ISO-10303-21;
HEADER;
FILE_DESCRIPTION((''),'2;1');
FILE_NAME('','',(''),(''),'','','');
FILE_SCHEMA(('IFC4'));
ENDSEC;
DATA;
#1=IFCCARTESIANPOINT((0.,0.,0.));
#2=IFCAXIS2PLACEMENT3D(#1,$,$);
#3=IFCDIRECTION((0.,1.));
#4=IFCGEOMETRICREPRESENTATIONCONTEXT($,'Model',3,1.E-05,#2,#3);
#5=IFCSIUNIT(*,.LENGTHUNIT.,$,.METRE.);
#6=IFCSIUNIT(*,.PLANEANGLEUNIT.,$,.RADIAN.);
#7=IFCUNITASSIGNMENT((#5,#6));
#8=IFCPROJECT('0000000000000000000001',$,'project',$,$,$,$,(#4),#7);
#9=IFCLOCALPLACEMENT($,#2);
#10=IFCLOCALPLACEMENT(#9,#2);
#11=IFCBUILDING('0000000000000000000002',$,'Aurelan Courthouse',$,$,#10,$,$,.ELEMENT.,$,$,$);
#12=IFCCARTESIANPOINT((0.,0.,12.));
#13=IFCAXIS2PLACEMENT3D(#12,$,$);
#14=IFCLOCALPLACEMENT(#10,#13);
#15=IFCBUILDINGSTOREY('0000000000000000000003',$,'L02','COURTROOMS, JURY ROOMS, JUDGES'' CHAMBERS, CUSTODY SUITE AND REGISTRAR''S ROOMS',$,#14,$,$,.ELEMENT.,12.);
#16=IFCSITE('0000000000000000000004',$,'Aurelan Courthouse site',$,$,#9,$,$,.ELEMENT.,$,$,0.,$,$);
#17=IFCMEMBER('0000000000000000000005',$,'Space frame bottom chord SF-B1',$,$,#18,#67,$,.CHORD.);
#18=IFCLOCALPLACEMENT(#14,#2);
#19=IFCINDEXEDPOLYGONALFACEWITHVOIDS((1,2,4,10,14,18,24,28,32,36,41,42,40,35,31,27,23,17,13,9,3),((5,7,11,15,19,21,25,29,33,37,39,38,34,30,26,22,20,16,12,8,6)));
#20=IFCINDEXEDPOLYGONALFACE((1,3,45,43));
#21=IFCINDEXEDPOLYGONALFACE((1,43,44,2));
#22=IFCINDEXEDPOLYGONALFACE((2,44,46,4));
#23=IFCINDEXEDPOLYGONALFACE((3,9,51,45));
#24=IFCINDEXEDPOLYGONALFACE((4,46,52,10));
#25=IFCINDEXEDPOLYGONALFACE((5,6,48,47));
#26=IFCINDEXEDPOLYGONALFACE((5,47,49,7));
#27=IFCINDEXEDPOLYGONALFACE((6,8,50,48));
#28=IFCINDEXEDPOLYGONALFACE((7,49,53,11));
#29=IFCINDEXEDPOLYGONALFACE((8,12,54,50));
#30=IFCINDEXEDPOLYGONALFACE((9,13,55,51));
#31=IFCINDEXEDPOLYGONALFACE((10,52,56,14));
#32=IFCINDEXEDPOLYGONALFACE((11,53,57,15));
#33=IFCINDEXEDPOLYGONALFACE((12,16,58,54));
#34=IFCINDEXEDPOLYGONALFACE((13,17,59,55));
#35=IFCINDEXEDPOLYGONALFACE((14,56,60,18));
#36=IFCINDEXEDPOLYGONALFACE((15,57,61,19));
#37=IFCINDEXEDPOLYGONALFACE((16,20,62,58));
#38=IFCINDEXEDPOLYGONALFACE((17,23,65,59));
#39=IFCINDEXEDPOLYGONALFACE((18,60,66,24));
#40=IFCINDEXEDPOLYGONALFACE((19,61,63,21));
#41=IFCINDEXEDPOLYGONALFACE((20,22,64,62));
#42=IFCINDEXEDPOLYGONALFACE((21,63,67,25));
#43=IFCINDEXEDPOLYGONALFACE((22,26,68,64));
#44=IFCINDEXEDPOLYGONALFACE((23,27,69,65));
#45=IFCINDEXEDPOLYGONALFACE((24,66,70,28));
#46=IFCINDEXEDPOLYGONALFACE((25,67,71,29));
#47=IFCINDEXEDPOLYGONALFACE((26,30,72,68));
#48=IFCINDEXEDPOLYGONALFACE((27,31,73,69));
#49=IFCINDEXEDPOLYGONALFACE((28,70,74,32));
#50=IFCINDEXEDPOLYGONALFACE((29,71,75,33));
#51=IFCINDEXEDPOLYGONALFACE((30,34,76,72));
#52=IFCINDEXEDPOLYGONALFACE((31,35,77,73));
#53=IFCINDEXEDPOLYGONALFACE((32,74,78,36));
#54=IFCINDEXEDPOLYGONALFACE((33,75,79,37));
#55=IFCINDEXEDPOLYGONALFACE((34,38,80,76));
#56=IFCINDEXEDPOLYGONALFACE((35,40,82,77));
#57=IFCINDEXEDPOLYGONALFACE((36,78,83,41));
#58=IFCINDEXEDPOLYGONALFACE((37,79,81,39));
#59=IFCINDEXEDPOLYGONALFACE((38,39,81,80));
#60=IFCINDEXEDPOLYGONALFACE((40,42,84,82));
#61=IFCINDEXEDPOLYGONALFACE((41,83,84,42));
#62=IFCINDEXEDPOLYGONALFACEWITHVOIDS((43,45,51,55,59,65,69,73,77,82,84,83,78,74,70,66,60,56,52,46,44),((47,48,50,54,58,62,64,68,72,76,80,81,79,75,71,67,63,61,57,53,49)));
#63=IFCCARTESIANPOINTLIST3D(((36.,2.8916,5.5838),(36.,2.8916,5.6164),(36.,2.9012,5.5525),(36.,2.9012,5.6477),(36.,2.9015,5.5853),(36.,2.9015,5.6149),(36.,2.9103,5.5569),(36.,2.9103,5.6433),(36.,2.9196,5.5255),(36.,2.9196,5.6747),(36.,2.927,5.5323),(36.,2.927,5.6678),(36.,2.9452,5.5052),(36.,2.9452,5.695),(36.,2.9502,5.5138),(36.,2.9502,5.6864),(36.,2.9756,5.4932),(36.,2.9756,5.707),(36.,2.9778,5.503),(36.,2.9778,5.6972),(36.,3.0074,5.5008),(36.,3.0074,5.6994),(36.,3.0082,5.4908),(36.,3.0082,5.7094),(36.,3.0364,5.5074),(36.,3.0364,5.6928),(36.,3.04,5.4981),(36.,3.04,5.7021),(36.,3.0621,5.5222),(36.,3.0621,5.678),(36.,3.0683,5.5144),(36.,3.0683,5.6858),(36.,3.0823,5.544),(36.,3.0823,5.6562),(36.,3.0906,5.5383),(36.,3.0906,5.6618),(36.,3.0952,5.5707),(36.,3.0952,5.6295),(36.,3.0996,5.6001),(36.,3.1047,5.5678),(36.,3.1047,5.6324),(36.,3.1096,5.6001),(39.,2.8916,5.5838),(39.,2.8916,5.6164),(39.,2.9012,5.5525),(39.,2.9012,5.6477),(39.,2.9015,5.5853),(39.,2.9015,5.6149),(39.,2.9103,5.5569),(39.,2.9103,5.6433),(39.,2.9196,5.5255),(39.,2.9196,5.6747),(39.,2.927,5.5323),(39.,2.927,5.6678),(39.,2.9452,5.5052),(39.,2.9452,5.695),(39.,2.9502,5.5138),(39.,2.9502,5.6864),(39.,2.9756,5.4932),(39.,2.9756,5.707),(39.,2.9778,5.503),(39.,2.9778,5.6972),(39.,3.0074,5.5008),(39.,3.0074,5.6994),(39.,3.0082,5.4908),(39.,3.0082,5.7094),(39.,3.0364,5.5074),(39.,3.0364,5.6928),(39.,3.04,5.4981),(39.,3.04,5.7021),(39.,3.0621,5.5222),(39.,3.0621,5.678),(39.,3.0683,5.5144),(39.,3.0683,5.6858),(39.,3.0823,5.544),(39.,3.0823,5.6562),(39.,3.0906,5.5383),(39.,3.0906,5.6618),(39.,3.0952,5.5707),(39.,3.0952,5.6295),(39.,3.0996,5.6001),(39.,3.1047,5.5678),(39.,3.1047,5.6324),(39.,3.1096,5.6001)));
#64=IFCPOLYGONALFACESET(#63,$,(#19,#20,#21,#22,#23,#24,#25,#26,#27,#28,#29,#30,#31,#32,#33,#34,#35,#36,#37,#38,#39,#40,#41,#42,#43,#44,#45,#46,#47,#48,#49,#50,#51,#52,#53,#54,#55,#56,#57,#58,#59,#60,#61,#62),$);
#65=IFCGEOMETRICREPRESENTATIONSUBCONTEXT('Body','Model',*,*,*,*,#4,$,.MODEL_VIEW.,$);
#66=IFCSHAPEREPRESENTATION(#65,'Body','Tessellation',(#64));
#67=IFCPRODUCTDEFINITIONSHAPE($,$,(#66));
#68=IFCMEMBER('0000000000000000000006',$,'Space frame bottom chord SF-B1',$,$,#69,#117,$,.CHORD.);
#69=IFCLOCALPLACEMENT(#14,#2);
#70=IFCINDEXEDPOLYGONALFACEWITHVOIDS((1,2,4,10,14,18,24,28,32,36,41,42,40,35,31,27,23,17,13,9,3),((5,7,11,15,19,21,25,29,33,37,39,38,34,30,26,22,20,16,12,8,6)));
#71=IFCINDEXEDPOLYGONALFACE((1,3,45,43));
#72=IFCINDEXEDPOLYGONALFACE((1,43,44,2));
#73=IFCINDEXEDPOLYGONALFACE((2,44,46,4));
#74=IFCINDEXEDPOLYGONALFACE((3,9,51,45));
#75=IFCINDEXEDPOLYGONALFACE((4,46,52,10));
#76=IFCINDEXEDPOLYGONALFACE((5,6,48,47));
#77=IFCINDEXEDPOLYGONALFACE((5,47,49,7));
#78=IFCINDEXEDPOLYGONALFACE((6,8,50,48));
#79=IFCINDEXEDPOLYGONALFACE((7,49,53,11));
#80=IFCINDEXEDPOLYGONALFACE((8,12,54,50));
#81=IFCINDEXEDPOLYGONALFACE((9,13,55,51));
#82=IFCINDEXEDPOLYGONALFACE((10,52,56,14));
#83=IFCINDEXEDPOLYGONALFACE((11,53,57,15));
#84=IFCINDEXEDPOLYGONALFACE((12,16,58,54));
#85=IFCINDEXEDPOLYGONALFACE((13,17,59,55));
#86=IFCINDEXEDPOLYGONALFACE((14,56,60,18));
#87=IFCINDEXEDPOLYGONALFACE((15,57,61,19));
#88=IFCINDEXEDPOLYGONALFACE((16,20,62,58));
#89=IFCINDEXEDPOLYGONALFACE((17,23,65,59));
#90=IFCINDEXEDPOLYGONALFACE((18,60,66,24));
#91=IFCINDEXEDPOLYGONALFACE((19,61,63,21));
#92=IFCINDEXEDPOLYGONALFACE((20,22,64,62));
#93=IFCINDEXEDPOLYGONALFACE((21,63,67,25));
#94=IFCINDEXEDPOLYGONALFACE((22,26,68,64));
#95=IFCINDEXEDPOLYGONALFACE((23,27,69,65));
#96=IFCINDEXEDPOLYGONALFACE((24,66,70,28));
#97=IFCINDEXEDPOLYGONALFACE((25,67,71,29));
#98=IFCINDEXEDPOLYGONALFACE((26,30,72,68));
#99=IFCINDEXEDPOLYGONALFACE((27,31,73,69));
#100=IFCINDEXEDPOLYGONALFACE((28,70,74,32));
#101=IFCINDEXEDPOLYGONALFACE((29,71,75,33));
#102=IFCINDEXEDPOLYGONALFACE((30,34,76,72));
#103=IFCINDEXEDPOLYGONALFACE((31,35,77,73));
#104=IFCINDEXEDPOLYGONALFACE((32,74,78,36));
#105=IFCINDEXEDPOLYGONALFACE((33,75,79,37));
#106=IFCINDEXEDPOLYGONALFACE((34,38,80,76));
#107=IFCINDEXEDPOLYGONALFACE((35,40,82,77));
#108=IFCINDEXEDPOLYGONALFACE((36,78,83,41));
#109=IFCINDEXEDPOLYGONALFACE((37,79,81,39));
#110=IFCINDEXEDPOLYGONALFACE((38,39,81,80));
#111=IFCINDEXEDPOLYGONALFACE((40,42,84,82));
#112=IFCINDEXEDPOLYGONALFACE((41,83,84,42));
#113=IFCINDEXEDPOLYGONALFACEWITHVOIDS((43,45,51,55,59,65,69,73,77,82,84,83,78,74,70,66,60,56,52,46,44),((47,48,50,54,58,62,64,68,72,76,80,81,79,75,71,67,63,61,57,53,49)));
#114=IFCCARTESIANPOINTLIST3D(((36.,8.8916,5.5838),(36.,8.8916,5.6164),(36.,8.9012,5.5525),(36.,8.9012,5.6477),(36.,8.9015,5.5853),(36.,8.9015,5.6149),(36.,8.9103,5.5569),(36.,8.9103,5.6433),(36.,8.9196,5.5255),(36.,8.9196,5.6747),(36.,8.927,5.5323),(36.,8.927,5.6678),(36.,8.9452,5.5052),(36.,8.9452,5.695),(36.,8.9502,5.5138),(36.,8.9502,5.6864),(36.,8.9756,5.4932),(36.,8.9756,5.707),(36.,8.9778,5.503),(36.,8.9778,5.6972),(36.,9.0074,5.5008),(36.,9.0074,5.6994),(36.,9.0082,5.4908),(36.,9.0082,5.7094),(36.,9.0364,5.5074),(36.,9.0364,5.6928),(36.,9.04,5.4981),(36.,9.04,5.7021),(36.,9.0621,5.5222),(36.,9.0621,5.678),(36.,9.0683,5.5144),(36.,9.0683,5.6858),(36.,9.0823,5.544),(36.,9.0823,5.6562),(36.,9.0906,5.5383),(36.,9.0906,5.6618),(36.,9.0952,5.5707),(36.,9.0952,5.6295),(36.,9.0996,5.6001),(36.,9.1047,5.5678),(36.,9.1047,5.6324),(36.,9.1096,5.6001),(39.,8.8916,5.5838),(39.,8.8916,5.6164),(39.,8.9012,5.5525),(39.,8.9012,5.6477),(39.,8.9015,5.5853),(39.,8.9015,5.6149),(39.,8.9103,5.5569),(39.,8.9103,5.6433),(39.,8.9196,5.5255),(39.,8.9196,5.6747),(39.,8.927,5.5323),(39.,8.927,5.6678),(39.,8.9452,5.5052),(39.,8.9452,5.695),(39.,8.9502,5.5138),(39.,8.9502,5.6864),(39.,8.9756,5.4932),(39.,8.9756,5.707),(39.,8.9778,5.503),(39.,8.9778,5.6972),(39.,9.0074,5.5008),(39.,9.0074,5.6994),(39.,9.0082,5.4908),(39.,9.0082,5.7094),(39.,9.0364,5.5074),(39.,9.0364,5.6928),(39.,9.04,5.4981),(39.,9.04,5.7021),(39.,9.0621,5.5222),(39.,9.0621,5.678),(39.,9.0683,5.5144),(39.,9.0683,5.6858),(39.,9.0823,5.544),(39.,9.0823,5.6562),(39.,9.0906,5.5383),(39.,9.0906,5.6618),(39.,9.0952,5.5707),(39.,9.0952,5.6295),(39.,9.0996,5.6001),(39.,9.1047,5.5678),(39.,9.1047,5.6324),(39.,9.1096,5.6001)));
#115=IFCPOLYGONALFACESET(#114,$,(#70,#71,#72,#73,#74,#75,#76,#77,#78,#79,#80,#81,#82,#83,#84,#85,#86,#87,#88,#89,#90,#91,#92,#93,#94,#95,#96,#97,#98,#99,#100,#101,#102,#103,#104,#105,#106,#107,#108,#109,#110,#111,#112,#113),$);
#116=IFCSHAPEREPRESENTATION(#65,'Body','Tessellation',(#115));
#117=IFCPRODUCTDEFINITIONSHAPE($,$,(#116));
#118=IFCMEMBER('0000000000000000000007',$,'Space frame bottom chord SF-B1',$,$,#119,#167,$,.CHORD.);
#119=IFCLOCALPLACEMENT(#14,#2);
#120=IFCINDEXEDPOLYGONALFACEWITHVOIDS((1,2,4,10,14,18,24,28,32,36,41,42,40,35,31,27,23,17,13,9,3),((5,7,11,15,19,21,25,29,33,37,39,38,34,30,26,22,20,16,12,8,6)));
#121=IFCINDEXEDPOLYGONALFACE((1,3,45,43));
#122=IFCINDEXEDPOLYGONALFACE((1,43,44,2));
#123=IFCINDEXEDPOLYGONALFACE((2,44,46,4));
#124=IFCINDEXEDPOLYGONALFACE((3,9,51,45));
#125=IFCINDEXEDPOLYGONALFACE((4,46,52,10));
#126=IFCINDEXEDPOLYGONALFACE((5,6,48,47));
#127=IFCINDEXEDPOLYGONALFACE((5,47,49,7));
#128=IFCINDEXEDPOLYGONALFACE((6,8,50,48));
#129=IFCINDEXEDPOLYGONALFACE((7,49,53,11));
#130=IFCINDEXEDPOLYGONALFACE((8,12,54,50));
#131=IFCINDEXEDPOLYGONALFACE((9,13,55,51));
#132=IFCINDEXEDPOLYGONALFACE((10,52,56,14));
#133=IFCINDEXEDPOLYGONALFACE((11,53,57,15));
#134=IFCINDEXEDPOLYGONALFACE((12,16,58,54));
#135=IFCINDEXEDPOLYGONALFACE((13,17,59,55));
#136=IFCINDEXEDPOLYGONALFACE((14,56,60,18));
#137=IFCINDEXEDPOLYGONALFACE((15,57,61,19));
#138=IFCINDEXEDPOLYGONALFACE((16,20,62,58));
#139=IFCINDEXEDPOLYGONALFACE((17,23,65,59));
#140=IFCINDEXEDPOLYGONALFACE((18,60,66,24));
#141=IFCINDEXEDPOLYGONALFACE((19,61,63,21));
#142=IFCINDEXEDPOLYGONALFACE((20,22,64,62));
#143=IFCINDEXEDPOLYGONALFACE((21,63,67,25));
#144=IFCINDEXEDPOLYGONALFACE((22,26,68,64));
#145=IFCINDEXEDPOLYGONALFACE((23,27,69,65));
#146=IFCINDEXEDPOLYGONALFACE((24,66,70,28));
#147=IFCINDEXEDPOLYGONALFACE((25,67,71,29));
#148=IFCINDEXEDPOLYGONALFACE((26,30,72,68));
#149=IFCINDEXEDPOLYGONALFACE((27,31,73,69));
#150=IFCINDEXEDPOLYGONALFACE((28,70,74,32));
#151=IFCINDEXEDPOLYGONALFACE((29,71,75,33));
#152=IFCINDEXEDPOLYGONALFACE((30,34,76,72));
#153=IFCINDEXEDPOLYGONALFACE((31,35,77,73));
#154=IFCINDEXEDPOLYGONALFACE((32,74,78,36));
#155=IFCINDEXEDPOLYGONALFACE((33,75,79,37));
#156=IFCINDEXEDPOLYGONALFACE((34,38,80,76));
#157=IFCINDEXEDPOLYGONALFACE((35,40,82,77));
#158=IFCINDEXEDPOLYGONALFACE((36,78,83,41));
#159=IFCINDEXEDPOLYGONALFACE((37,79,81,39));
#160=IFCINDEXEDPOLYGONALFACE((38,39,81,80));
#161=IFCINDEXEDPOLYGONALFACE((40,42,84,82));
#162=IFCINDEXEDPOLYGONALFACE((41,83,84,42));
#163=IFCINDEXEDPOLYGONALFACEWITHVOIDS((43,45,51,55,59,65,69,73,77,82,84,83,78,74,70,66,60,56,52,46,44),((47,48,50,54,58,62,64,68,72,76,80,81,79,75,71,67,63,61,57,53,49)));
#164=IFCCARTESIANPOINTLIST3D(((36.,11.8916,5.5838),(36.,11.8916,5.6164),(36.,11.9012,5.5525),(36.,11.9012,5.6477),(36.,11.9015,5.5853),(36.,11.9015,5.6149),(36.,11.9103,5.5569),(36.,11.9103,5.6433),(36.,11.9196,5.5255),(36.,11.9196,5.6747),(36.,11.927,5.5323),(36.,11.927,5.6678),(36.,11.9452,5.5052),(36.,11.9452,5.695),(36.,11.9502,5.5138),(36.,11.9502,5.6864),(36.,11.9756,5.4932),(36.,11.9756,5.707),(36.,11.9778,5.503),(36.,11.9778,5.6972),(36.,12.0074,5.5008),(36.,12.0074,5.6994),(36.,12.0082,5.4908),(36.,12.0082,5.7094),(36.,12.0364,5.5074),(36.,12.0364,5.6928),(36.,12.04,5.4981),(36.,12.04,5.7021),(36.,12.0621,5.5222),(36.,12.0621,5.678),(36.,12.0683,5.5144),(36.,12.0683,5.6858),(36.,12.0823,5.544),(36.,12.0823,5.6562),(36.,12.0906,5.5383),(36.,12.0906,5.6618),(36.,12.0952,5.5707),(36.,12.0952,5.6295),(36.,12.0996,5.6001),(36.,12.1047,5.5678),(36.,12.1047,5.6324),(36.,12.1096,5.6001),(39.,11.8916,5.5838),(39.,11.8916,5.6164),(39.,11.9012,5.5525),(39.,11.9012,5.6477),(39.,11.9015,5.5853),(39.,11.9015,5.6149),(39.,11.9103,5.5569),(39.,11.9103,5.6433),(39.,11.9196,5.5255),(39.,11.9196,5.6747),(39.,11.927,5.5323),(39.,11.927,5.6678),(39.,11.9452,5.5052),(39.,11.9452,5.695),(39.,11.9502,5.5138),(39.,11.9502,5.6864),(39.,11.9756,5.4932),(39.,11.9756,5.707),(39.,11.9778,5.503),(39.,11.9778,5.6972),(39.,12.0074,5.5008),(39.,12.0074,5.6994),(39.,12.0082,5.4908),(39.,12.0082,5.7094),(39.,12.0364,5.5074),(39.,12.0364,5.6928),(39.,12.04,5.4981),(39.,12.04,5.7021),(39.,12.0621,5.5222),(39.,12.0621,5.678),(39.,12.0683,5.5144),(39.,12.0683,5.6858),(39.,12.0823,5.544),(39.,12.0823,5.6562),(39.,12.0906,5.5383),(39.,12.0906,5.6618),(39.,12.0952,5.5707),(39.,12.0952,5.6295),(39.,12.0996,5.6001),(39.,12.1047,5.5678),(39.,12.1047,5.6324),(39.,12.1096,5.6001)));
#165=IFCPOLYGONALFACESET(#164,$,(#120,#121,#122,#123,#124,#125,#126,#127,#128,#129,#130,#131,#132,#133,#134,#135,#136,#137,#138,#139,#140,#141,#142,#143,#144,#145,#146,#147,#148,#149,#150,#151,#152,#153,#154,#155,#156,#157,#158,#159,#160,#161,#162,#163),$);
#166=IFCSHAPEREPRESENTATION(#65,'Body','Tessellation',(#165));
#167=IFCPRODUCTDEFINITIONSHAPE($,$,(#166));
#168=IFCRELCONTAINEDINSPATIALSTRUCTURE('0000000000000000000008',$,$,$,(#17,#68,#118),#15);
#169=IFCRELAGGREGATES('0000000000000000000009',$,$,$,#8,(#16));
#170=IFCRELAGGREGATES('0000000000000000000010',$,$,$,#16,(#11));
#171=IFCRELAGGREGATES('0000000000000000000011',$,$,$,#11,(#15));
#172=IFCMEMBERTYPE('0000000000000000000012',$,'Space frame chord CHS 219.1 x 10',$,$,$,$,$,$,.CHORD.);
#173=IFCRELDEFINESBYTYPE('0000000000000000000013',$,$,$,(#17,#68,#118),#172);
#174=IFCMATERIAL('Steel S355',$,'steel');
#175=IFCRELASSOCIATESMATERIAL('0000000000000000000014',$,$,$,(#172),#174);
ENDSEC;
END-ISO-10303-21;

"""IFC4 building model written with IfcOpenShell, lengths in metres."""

from ifc_helpers import new_model, si_unit, direction, frame, origin, origin_2d, place, context, subcontext, project, spatial, hollow_circle, extrude, material, material_profile, profile_set, type_object, element, save


model = new_model("IFC4")

# Units and contexts
model_context = context("Model", 3, precision=1e-05, world=origin(), true_north=direction((0.0, 1.0)))
body_context = subcontext(model_context, "Body", "Model", "MODEL_VIEW")
ifc_project = project(units=[si_unit("LENGTHUNIT", "METRE"), si_unit("PLANEANGLEUNIT", "RADIAN")], contexts=[model_context])

# Site, building, storey
site_placement = place(None, origin())
site = spatial("IfcSite", under=ifc_project, at=site_placement, Name="Aurelan Courthouse site", CompositionType="ELEMENT", RefElevation=0.0)
building_placement = place(site_placement, origin())
building = spatial("IfcBuilding", under=site, at=building_placement, Name="Aurelan Courthouse", CompositionType="ELEMENT")
storey_placement = place(building_placement, frame((0.0, 0.0, 12.0)))
storey = spatial("IfcBuildingStorey", under=building, at=storey_placement, Name="L02", Description="COURTROOMS, JURY ROOMS, JUDGES' CHAMBERS, CUSTODY SUITE AND REGISTRAR'S ROOMS", CompositionType="ELEMENT", Elevation=12.0)

# Shared definitions
ifc_material_1 = material(Name="Steel S355", Category="steel")

# Members
ifc_material_profile_1 = material_profile(ifc_material_1, hollow_circle(Radius=0.1096, WallThickness=0.01, at=origin_2d()), Name="CHS 219.1 x 10")
ifc_profile_set_1 = profile_set([ifc_material_profile_1], Name="Steel S355")
member_type_1 = type_object("IfcMemberType", Name="Space frame chord CHS 219.1 x 10", PredefinedType="CHORD", material=ifc_profile_set_1)
for number, where, z_axis, x_axis, name in (
    (1, (36.0, 3.0, 5.6001), (1.0, 0.0, 0.0), (0.0, 1.0, 0.0), "Space frame bottom chord SF-B1"),
    (2, (36.0, 9.0, 5.6001), (1.0, 0.0, 0.0), (0.0, 1.0, 0.0), "Space frame bottom chord SF-B1"),
    (3, (36.0, 12.0, 5.6001), (1.0, 0.0, 0.0), (0.0, 1.0, 0.0), "Space frame bottom chord SF-B1"),
):
    element("IfcMember", number, at=place(storey_placement, frame(where, z_axis=z_axis, x_axis=x_axis)), inside=storey, type_object=member_type_1, Name=name, PredefinedType="CHORD", context=body_context, shape_type="SweptSolid", body=[
        extrude(hollow_circle(Radius=0.1096, WallThickness=0.01, at=origin_2d()), origin(), (0.0, 0.0, 1.0), 3.0),
    ])

save(model, "model.ifc")
